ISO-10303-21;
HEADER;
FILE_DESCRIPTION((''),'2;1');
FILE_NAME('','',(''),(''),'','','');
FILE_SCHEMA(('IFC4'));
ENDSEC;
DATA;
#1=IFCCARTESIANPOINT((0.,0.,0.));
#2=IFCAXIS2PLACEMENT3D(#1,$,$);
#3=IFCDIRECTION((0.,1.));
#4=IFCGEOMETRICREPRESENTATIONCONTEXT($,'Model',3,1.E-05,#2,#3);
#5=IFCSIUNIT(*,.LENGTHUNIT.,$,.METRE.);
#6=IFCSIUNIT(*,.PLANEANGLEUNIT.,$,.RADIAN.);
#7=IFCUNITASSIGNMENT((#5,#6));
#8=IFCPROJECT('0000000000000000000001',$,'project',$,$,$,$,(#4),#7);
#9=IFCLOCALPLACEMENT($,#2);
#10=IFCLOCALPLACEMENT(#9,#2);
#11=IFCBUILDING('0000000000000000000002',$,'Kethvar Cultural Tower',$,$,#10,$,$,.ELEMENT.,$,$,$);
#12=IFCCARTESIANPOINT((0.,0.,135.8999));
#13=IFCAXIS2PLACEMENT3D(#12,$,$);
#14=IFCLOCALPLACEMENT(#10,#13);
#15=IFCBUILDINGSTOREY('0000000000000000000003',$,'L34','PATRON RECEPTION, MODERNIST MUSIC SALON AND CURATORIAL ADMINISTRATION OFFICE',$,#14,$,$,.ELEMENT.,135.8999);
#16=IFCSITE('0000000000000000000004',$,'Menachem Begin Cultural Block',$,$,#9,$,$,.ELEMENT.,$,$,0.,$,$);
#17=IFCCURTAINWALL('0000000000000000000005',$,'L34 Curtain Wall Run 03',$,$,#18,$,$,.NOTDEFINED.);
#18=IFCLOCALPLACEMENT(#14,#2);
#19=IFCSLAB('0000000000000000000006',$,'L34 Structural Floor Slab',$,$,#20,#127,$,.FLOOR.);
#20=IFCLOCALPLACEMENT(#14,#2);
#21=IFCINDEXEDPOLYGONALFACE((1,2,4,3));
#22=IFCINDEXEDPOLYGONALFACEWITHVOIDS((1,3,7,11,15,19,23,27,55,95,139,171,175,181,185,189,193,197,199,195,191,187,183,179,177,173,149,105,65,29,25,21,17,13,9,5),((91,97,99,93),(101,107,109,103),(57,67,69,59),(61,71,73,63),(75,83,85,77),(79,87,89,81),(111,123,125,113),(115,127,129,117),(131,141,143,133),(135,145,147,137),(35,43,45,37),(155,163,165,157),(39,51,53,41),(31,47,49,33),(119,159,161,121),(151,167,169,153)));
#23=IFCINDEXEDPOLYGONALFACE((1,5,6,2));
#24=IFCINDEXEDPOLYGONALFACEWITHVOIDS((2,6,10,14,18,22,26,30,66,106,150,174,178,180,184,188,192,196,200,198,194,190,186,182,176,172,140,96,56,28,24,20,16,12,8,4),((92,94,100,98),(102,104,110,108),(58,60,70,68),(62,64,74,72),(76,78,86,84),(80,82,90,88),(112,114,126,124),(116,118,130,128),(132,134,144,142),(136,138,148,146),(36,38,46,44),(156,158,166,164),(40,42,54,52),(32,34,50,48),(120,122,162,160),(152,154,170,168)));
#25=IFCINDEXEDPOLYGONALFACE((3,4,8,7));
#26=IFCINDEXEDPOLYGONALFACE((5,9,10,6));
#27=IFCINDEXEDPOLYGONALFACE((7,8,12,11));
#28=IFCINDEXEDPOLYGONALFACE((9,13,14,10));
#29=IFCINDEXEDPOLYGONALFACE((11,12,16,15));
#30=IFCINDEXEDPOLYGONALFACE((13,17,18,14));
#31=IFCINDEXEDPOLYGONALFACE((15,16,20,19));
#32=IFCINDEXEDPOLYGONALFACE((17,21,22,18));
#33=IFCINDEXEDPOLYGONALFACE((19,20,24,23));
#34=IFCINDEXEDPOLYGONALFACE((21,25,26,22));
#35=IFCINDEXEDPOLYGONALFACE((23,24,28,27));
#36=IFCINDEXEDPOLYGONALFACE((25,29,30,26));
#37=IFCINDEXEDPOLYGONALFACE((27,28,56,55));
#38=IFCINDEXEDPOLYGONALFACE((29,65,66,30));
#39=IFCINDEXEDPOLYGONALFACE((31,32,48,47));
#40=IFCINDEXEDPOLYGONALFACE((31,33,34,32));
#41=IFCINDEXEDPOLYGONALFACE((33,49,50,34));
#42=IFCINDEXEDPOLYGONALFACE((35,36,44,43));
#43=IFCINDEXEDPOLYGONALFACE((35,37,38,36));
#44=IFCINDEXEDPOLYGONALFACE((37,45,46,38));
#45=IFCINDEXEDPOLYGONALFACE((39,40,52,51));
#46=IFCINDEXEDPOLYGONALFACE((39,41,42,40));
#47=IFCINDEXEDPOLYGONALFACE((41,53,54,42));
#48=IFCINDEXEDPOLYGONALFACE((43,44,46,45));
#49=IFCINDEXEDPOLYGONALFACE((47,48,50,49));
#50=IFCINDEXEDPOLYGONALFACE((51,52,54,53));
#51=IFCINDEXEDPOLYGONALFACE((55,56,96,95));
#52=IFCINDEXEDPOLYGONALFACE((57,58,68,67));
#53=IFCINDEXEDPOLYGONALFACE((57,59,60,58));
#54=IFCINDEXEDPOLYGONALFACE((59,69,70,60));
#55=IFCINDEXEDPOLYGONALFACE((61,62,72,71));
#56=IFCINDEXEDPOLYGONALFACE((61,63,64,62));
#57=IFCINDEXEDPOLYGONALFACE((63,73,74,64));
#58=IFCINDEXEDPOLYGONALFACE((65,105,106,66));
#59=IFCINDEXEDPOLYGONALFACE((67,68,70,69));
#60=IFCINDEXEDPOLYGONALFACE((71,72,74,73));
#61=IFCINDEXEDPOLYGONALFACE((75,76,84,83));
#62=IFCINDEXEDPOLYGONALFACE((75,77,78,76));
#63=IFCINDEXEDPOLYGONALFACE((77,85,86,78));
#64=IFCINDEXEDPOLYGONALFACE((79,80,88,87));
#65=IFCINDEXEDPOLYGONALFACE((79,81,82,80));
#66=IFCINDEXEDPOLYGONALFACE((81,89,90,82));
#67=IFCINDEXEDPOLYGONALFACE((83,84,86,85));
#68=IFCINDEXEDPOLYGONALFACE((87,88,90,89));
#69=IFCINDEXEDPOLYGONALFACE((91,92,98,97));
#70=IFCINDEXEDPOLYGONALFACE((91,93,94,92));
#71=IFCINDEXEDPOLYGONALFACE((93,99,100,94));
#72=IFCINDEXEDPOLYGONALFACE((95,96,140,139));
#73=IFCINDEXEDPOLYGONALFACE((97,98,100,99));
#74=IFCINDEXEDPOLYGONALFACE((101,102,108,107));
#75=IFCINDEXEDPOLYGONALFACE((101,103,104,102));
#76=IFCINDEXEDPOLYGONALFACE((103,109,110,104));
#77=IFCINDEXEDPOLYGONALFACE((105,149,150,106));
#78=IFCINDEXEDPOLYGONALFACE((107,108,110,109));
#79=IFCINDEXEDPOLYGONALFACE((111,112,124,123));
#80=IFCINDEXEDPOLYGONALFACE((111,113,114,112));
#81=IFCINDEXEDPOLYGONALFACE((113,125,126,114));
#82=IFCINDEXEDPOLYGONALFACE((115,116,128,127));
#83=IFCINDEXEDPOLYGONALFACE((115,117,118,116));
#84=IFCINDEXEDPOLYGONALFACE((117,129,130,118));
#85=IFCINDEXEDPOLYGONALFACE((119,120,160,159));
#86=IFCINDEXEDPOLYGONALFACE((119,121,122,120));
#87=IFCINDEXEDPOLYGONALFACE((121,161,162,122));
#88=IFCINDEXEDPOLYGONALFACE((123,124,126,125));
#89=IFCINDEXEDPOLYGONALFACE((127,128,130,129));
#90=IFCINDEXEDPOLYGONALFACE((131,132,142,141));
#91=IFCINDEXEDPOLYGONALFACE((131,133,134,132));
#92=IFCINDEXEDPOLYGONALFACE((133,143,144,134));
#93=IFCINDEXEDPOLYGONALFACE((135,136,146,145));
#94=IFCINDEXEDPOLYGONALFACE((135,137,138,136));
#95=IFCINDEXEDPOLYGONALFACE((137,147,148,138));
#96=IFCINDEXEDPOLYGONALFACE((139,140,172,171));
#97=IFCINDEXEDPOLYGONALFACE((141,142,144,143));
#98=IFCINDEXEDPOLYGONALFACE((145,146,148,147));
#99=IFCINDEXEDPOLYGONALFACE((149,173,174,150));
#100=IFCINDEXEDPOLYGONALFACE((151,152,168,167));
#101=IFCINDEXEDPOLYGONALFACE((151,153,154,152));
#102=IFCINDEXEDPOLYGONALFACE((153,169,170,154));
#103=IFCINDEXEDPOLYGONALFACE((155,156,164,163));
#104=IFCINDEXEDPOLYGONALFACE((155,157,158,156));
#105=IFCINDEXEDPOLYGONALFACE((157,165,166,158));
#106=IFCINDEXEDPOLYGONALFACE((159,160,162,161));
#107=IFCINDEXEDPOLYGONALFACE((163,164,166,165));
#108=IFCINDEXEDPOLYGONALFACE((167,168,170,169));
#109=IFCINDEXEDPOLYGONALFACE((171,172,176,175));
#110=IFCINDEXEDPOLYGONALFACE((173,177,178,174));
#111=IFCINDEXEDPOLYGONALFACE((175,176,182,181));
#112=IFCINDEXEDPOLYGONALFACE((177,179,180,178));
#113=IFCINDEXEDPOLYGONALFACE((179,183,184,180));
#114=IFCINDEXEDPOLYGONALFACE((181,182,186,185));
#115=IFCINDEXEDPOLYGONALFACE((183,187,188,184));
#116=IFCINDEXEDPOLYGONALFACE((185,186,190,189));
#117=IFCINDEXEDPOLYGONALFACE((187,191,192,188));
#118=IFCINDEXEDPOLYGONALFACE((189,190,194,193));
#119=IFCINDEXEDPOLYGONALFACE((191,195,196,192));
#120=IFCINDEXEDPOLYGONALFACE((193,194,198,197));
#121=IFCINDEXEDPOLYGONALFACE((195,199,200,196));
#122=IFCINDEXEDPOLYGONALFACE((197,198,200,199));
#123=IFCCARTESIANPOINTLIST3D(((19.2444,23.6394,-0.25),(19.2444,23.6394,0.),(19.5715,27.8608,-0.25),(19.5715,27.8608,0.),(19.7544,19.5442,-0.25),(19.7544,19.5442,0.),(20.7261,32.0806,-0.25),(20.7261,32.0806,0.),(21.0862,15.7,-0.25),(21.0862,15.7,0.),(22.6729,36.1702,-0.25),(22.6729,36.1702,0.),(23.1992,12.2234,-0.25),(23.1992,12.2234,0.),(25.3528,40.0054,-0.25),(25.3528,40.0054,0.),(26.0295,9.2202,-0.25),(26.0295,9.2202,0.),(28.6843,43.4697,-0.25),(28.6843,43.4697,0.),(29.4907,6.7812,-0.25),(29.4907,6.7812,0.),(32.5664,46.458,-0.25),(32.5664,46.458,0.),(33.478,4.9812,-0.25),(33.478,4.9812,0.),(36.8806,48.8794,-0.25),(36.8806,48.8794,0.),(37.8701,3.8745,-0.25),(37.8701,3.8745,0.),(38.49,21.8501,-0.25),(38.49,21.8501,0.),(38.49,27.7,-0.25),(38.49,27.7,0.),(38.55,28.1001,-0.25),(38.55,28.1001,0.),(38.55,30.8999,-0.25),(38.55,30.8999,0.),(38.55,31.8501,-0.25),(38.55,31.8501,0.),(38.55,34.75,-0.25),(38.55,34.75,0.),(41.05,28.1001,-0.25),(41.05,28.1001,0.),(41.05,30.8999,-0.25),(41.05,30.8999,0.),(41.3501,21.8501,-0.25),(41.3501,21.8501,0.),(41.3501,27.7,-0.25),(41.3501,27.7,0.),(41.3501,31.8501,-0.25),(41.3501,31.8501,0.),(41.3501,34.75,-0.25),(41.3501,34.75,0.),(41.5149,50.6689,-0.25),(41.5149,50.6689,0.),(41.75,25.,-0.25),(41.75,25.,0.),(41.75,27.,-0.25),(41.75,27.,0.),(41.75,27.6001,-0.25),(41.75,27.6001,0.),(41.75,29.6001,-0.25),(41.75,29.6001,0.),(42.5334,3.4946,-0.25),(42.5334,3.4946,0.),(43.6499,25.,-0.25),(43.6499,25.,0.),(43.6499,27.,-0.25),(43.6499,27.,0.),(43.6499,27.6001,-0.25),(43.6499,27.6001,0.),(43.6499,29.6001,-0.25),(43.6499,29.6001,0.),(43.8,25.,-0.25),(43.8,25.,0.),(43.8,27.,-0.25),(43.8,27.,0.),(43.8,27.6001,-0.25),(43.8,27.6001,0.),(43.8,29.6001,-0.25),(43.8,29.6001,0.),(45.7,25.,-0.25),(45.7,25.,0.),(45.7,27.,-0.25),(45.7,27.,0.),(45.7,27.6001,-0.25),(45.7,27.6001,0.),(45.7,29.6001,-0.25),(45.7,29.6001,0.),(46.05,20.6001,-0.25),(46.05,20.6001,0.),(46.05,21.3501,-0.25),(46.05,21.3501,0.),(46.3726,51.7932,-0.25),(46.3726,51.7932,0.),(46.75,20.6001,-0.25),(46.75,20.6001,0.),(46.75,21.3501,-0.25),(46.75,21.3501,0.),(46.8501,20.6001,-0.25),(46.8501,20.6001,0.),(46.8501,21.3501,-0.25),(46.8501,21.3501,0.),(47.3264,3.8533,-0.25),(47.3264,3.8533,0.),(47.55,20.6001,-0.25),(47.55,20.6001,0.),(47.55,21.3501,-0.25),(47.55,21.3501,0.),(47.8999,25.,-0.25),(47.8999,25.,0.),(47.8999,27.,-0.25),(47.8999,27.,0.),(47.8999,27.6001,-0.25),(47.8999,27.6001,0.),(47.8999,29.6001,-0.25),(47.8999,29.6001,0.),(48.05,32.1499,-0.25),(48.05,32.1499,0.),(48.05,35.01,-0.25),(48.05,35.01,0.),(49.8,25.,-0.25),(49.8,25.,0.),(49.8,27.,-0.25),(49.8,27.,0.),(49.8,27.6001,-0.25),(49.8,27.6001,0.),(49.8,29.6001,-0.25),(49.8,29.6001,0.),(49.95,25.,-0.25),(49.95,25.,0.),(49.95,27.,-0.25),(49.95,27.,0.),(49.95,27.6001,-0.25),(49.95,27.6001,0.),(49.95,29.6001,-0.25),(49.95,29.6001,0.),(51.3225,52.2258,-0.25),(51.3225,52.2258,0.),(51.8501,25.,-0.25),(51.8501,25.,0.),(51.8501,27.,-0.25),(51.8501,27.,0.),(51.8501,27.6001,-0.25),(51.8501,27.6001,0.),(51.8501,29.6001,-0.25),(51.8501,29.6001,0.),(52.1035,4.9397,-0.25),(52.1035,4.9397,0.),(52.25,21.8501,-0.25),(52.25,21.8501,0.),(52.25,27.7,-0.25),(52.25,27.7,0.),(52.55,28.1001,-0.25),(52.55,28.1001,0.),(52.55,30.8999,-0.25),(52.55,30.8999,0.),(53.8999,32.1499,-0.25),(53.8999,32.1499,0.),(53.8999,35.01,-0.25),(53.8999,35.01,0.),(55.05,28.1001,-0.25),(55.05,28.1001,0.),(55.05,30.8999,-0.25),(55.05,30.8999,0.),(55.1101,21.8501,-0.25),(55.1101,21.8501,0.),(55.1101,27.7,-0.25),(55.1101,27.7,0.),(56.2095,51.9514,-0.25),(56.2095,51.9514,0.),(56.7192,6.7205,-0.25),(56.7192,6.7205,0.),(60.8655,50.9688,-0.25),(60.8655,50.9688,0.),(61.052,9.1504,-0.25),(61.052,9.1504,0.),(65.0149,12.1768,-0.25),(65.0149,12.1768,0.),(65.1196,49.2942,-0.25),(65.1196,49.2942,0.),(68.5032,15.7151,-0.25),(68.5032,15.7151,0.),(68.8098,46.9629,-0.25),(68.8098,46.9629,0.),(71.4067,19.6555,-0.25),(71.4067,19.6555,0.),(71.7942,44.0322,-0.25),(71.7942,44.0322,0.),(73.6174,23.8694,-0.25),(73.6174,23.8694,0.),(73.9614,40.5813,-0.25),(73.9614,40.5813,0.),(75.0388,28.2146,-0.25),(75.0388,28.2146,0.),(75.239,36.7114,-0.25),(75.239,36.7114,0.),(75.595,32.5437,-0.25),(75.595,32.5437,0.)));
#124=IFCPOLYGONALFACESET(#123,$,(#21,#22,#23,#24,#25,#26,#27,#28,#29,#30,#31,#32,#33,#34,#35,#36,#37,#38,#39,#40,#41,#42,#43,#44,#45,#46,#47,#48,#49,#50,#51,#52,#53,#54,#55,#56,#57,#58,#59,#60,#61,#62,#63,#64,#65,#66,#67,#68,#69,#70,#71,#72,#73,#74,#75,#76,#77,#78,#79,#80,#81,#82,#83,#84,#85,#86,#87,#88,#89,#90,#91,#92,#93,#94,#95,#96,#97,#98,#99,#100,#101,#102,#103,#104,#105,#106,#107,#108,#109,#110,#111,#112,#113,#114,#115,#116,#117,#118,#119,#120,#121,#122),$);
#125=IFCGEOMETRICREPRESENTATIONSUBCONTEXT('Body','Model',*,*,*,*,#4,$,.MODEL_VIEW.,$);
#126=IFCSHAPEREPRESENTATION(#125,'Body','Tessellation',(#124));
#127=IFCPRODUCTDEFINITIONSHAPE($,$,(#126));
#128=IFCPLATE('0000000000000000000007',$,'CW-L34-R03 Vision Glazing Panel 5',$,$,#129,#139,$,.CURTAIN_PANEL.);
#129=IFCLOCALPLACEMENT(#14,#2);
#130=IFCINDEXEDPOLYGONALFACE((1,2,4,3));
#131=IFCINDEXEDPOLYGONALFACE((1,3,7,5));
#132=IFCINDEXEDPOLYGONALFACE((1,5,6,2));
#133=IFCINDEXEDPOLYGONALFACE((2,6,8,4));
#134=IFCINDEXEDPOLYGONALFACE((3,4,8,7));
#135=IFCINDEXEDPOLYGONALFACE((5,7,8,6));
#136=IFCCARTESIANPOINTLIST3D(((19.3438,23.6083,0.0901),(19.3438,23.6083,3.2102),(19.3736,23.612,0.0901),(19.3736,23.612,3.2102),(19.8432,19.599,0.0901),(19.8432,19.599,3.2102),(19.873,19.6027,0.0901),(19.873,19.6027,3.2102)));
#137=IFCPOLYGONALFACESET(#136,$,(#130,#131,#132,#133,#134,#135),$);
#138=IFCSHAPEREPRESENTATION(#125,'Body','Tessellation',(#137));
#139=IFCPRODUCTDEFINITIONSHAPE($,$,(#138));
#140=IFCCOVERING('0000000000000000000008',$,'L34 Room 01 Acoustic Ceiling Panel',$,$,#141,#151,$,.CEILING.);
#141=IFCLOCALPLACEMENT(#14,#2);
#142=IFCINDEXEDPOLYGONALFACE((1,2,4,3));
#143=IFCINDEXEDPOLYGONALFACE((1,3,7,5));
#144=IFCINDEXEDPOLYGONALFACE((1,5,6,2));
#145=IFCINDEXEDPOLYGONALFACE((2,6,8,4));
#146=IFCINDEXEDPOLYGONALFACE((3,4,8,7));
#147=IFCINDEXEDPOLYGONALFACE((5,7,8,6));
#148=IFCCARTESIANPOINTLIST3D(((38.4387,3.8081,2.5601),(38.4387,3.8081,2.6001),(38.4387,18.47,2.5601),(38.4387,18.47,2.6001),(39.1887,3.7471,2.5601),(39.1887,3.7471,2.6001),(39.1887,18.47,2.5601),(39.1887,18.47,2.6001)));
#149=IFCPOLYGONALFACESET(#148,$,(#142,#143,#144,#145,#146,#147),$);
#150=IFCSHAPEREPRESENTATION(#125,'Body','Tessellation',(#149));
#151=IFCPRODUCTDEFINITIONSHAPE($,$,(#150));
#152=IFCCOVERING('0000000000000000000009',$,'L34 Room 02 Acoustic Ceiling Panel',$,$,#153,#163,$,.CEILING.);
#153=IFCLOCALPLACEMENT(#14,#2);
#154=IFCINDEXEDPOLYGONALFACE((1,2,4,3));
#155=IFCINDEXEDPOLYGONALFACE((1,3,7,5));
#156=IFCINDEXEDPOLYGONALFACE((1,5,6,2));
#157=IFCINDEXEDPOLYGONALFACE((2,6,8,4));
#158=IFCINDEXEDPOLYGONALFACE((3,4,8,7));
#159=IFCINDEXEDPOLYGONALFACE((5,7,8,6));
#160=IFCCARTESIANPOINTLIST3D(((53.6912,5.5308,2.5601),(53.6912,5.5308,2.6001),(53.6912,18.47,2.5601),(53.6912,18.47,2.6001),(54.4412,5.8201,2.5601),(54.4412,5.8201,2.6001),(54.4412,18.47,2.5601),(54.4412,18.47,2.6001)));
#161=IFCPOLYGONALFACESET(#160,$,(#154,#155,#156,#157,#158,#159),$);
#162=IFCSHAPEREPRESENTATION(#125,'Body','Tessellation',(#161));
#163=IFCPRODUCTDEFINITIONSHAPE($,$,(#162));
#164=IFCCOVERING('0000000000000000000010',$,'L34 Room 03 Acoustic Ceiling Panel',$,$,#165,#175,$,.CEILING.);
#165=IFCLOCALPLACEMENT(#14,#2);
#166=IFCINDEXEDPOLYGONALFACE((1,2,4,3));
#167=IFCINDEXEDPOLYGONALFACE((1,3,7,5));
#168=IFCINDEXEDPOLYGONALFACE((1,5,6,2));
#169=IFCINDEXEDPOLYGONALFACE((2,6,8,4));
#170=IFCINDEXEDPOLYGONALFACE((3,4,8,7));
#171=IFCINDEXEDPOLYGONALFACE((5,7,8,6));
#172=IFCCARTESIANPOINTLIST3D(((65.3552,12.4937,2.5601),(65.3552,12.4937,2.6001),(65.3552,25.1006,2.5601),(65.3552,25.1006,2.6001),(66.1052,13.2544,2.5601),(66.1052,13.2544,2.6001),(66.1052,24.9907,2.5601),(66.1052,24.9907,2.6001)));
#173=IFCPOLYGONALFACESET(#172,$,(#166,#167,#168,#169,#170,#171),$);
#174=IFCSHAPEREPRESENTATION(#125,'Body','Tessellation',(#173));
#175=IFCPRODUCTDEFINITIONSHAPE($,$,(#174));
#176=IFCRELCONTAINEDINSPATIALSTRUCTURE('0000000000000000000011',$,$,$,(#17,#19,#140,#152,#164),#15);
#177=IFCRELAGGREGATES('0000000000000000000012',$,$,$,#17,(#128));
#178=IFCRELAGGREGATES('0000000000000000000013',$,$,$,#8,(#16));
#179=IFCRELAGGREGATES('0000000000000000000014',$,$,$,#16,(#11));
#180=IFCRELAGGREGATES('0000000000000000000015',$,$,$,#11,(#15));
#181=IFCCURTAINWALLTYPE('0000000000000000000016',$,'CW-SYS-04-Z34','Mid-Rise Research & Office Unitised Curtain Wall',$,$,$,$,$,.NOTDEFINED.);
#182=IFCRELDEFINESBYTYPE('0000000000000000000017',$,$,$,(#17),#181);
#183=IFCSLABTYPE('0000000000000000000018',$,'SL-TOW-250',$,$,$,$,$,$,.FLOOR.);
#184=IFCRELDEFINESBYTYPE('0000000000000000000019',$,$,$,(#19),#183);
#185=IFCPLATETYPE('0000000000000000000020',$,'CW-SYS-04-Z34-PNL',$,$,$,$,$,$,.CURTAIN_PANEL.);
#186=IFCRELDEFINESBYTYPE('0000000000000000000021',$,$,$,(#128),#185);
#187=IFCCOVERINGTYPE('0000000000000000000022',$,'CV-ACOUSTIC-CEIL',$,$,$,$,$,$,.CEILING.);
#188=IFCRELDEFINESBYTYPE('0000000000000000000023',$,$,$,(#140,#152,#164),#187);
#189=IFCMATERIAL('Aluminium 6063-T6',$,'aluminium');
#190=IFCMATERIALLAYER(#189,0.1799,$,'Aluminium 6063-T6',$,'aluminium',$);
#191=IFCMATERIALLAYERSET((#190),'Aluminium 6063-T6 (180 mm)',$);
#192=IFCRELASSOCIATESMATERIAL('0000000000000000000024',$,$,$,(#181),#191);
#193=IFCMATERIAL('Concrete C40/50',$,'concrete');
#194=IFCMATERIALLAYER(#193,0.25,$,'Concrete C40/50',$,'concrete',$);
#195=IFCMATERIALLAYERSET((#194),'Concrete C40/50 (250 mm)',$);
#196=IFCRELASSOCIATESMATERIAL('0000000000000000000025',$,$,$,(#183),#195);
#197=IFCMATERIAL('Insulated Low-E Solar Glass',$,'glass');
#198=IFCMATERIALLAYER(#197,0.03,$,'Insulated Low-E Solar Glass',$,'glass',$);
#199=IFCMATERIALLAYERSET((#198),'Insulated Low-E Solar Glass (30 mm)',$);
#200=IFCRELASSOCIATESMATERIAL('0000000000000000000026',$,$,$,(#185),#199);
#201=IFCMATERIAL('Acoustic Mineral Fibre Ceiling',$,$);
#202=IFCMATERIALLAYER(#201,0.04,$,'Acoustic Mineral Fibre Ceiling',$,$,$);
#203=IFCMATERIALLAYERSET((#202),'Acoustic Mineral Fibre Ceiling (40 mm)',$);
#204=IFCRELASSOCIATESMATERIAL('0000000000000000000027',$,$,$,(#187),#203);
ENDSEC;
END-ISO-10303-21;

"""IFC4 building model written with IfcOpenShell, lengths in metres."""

from ifc_helpers import new_model, si_unit, direction, frame, origin, origin_2d, place, context, subcontext, project, spatial, polyline, rectangle, outline, extrude, source, transform, mapped, material, layer, layer_set, type_object, element, aggregate, save


model = new_model("IFC4")

# Units and contexts
model_context = context("Model", 3, precision=1e-05, world=origin(), true_north=direction((0.0, 1.0)))
body_context = subcontext(model_context, "Body", "Model", "MODEL_VIEW")
ifc_project = project(units=[si_unit("LENGTHUNIT", "METRE"), si_unit("PLANEANGLEUNIT", "RADIAN")], contexts=[model_context])

# Site, building, storey
site_placement = place(None, origin())
site = spatial("IfcSite", under=ifc_project, at=site_placement, Name="Menachem Begin Cultural Block", CompositionType="ELEMENT", RefElevation=0.0)
building_placement = place(site_placement, origin())
building = spatial("IfcBuilding", under=site, at=building_placement, Name="Kethvar Cultural Tower", CompositionType="ELEMENT")
storey_placement = place(building_placement, frame((0.0, 0.0, 135.8999)))
storey = spatial("IfcBuildingStorey", under=building, at=storey_placement, Name="L34", Description="PATRON RECEPTION, MODERNIST MUSIC SALON AND CURATORIAL ADMINISTRATION OFFICE", CompositionType="ELEMENT", Elevation=135.8999)

# Curtain wall
ifc_material_1 = material(Name="Aluminium 6063-T6", Category="aluminium")
ifc_layer_1 = layer(ifc_material_1, 0.1799, Name="Aluminium 6063-T6", Category="aluminium")
ifc_layer_set_1 = layer_set([ifc_layer_1], Name="Aluminium 6063-T6 (180 mm)")
curtain_wall_type = type_object("IfcCurtainWallType", Name="CW-SYS-04-Z34", Description="Mid-Rise Research & Office Unitised Curtain Wall", PredefinedType="NOTDEFINED", material=ifc_layer_set_1)
curtain_wall_placement = place(storey_placement, origin())
curtain_wall = element("IfcCurtainWall", 1, at=curtain_wall_placement, inside=storey, type_object=curtain_wall_type, Name="L34 Curtain Wall Run 03", PredefinedType="NOTDEFINED")

# Shared definitions
ifc_material_2 = material(Name="Concrete C40/50", Category="concrete")

# Slab
ifc_layer_2 = layer(ifc_material_2, 0.25, Name="Concrete C40/50", Category="concrete")
ifc_layer_set_2 = layer_set([ifc_layer_2], Name="Concrete C40/50 (250 mm)")
slab_type_1 = type_object("IfcSlabType", Name="SL-TOW-250", PredefinedType="FLOOR", material=ifc_layer_set_2)
slab_1_placement = place(storey_placement, frame((0.0, 0.0, -0.25)))
element("IfcSlab", 2, at=slab_1_placement, inside=storey, type_object=slab_type_1, Name="L34 Structural Floor Slab", PredefinedType="FLOOR", context=body_context, shape_type="SweptSolid", body=[
    extrude(outline(polyline([(73.9614, 40.5813), (71.7942, 44.0322), (68.8098, 46.9629), (65.1196, 49.2942), (60.8655, 50.9688), (56.2095, 51.9514), (51.3225, 52.2258), (46.3726, 51.7932), (41.5149, 50.6689), (36.8806, 48.8794), (32.5664, 46.458), (28.6843, 43.4697), (25.3528, 40.0054), (22.6729, 36.1702), (20.7261, 32.0806), (19.5715, 27.8608), (19.2444, 23.6394), (19.7544, 19.5442), (21.0862, 15.7), (23.1992, 12.2234), (26.0295, 9.2202), (29.4907, 6.7812), (33.478, 4.9812), (37.8701, 3.8745), (42.5334, 3.4946), (47.3264, 3.8533), (52.1035, 4.9397), (56.7192, 6.7205), (61.052, 9.1504), (65.0149, 12.1768), (68.5032, 15.7151), (71.4067, 19.6555), (73.6174, 23.8694), (75.0388, 28.2146), (75.595, 32.5437), (75.239, 36.7114), (73.9614, 40.5813)]), holes=[polyline([(38.49, 21.8501), (38.49, 27.7), (41.3501, 27.7), (41.3501, 21.8501), (38.49, 21.8501)]), polyline([(52.25, 21.8501), (52.25, 27.7), (55.1101, 27.7), (55.1101, 21.8501), (52.25, 21.8501)]), polyline([(53.8999, 32.1499), (48.05, 32.1499), (48.05, 35.01), (53.8999, 35.01), (53.8999, 32.1499)]), polyline([(41.75, 27.0), (43.6499, 27.0), (43.6499, 25.0), (41.75, 25.0), (41.75, 27.0)]), polyline([(43.8, 27.0), (45.7, 27.0), (45.7, 25.0), (43.8, 25.0), (43.8, 27.0)]), polyline([(47.8999, 27.0), (49.8, 27.0), (49.8, 25.0), (47.8999, 25.0), (47.8999, 27.0)]), polyline([(49.95, 27.0), (51.8501, 27.0), (51.8501, 25.0), (49.95, 25.0), (49.95, 27.0)]), polyline([(41.75, 29.6001), (43.6499, 29.6001), (43.6499, 27.6001), (41.75, 27.6001), (41.75, 29.6001)]), polyline([(43.8, 29.6001), (45.7, 29.6001), (45.7, 27.6001), (43.8, 27.6001), (43.8, 29.6001)]), polyline([(47.8999, 29.6001), (49.8, 29.6001), (49.8, 27.6001), (47.8999, 27.6001), (47.8999, 29.6001)]), polyline([(49.95, 29.6001), (51.8501, 29.6001), (51.8501, 27.6001), (49.95, 27.6001), (49.95, 29.6001)]), polyline([(38.55, 30.8999), (41.05, 30.8999), (41.05, 28.1001), (38.55, 28.1001), (38.55, 30.8999)]), polyline([(52.55, 30.8999), (55.05, 30.8999), (55.05, 28.1001), (52.55, 28.1001), (52.55, 30.8999)]), polyline([(38.55, 34.75), (41.3501, 34.75), (41.3501, 31.8501), (38.55, 31.8501), (38.55, 34.75)]), polyline([(46.05, 21.3501), (46.75, 21.3501), (46.75, 20.6001), (46.05, 20.6001), (46.05, 21.3501)]), polyline([(46.8501, 21.3501), (47.55, 21.3501), (47.55, 20.6001), (46.8501, 20.6001), (46.8501, 21.3501)])]), origin(), (0.0, 0.0, 1.0), 0.25),
])

# Plate
ifc_material_3 = material(Name="Insulated Low-E Solar Glass", Category="glass")
ifc_layer_3 = layer(ifc_material_3, 0.03, Name="Insulated Low-E Solar Glass", Category="glass")
ifc_layer_set_3 = layer_set([ifc_layer_3], Name="Insulated Low-E Solar Glass (30 mm)")
plate_type = type_object("IfcPlateType", Name="CW-SYS-04-Z34-PNL", PredefinedType="CURTAIN_PANEL", material=ifc_layer_set_3)
shared_shape_1 = source(origin(), body_context, "Body", "SweptSolid", [
    extrude(rectangle(XDim=4.0403, YDim=0.03, at=origin_2d()), origin(), (0.0, 0.0, 1.0), 3.1201),
])
plate_placement = place(storey_placement, frame((19.6084, 21.6055, 0.0901), z_axis=(0.0, 0.0, 1.0), x_axis=(0.123601, -0.992332, 0.0)))
plate = element("IfcPlate", 3, at=plate_placement, type_object=plate_type, Name="CW-L34-R03 Vision Glazing Panel 5", PredefinedType="CURTAIN_PANEL", context=body_context, shape_type="MappedRepresentation", body=[
    mapped(shared_shape_1, transform((0.0, 0.0, 0.0), scale=1.0)),
])
aggregate(curtain_wall, [plate])

# Coverings
ifc_material_4 = material(Name="Acoustic Mineral Fibre Ceiling")
ifc_layer_4 = layer(ifc_material_4, 0.04, Name="Acoustic Mineral Fibre Ceiling")
ifc_layer_set_4 = layer_set([ifc_layer_4], Name="Acoustic Mineral Fibre Ceiling (40 mm)")
covering_type_1 = type_object("IfcCoveringType", Name="CV-ACOUSTIC-CEIL", PredefinedType="CEILING", material=ifc_layer_set_4)
covering_1_placement = place(storey_placement, frame((0.0, 0.0, 2.5601)))
element("IfcCovering", 4, at=covering_1_placement, inside=storey, type_object=covering_type_1, Name="L34 Room 01 Acoustic Ceiling Panel", PredefinedType="CEILING", context=body_context, shape_type="SweptSolid", body=[
    extrude(outline(polyline([(38.4387, 3.8081), (38.4387, 18.47), (39.1887, 18.47), (39.1887, 3.7471), (38.4387, 3.8081)])), origin(), (0.0, 0.0, 1.0), 0.04),
])
covering_2_placement = place(storey_placement, frame((0.0, 0.0, 2.5601)))
element("IfcCovering", 5, at=covering_2_placement, inside=storey, type_object=covering_type_1, Name="L34 Room 02 Acoustic Ceiling Panel", PredefinedType="CEILING", context=body_context, shape_type="SweptSolid", body=[
    extrude(outline(polyline([(53.6912, 5.5308), (53.6912, 18.47), (54.4412, 18.47), (54.4412, 5.8201), (53.6912, 5.5308)])), origin(), (0.0, 0.0, 1.0), 0.04),
])
covering_3_placement = place(storey_placement, frame((0.0, 0.0, 2.5601)))
element("IfcCovering", 6, at=covering_3_placement, inside=storey, type_object=covering_type_1, Name="L34 Room 03 Acoustic Ceiling Panel", PredefinedType="CEILING", context=body_context, shape_type="SweptSolid", body=[
    extrude(outline(polyline([(65.3552, 12.4937), (65.3552, 25.1006), (66.1052, 24.9907), (66.1052, 13.2544), (65.3552, 12.4937)])), origin(), (0.0, 0.0, 1.0), 0.04),
])

save(model, "model.ifc")
